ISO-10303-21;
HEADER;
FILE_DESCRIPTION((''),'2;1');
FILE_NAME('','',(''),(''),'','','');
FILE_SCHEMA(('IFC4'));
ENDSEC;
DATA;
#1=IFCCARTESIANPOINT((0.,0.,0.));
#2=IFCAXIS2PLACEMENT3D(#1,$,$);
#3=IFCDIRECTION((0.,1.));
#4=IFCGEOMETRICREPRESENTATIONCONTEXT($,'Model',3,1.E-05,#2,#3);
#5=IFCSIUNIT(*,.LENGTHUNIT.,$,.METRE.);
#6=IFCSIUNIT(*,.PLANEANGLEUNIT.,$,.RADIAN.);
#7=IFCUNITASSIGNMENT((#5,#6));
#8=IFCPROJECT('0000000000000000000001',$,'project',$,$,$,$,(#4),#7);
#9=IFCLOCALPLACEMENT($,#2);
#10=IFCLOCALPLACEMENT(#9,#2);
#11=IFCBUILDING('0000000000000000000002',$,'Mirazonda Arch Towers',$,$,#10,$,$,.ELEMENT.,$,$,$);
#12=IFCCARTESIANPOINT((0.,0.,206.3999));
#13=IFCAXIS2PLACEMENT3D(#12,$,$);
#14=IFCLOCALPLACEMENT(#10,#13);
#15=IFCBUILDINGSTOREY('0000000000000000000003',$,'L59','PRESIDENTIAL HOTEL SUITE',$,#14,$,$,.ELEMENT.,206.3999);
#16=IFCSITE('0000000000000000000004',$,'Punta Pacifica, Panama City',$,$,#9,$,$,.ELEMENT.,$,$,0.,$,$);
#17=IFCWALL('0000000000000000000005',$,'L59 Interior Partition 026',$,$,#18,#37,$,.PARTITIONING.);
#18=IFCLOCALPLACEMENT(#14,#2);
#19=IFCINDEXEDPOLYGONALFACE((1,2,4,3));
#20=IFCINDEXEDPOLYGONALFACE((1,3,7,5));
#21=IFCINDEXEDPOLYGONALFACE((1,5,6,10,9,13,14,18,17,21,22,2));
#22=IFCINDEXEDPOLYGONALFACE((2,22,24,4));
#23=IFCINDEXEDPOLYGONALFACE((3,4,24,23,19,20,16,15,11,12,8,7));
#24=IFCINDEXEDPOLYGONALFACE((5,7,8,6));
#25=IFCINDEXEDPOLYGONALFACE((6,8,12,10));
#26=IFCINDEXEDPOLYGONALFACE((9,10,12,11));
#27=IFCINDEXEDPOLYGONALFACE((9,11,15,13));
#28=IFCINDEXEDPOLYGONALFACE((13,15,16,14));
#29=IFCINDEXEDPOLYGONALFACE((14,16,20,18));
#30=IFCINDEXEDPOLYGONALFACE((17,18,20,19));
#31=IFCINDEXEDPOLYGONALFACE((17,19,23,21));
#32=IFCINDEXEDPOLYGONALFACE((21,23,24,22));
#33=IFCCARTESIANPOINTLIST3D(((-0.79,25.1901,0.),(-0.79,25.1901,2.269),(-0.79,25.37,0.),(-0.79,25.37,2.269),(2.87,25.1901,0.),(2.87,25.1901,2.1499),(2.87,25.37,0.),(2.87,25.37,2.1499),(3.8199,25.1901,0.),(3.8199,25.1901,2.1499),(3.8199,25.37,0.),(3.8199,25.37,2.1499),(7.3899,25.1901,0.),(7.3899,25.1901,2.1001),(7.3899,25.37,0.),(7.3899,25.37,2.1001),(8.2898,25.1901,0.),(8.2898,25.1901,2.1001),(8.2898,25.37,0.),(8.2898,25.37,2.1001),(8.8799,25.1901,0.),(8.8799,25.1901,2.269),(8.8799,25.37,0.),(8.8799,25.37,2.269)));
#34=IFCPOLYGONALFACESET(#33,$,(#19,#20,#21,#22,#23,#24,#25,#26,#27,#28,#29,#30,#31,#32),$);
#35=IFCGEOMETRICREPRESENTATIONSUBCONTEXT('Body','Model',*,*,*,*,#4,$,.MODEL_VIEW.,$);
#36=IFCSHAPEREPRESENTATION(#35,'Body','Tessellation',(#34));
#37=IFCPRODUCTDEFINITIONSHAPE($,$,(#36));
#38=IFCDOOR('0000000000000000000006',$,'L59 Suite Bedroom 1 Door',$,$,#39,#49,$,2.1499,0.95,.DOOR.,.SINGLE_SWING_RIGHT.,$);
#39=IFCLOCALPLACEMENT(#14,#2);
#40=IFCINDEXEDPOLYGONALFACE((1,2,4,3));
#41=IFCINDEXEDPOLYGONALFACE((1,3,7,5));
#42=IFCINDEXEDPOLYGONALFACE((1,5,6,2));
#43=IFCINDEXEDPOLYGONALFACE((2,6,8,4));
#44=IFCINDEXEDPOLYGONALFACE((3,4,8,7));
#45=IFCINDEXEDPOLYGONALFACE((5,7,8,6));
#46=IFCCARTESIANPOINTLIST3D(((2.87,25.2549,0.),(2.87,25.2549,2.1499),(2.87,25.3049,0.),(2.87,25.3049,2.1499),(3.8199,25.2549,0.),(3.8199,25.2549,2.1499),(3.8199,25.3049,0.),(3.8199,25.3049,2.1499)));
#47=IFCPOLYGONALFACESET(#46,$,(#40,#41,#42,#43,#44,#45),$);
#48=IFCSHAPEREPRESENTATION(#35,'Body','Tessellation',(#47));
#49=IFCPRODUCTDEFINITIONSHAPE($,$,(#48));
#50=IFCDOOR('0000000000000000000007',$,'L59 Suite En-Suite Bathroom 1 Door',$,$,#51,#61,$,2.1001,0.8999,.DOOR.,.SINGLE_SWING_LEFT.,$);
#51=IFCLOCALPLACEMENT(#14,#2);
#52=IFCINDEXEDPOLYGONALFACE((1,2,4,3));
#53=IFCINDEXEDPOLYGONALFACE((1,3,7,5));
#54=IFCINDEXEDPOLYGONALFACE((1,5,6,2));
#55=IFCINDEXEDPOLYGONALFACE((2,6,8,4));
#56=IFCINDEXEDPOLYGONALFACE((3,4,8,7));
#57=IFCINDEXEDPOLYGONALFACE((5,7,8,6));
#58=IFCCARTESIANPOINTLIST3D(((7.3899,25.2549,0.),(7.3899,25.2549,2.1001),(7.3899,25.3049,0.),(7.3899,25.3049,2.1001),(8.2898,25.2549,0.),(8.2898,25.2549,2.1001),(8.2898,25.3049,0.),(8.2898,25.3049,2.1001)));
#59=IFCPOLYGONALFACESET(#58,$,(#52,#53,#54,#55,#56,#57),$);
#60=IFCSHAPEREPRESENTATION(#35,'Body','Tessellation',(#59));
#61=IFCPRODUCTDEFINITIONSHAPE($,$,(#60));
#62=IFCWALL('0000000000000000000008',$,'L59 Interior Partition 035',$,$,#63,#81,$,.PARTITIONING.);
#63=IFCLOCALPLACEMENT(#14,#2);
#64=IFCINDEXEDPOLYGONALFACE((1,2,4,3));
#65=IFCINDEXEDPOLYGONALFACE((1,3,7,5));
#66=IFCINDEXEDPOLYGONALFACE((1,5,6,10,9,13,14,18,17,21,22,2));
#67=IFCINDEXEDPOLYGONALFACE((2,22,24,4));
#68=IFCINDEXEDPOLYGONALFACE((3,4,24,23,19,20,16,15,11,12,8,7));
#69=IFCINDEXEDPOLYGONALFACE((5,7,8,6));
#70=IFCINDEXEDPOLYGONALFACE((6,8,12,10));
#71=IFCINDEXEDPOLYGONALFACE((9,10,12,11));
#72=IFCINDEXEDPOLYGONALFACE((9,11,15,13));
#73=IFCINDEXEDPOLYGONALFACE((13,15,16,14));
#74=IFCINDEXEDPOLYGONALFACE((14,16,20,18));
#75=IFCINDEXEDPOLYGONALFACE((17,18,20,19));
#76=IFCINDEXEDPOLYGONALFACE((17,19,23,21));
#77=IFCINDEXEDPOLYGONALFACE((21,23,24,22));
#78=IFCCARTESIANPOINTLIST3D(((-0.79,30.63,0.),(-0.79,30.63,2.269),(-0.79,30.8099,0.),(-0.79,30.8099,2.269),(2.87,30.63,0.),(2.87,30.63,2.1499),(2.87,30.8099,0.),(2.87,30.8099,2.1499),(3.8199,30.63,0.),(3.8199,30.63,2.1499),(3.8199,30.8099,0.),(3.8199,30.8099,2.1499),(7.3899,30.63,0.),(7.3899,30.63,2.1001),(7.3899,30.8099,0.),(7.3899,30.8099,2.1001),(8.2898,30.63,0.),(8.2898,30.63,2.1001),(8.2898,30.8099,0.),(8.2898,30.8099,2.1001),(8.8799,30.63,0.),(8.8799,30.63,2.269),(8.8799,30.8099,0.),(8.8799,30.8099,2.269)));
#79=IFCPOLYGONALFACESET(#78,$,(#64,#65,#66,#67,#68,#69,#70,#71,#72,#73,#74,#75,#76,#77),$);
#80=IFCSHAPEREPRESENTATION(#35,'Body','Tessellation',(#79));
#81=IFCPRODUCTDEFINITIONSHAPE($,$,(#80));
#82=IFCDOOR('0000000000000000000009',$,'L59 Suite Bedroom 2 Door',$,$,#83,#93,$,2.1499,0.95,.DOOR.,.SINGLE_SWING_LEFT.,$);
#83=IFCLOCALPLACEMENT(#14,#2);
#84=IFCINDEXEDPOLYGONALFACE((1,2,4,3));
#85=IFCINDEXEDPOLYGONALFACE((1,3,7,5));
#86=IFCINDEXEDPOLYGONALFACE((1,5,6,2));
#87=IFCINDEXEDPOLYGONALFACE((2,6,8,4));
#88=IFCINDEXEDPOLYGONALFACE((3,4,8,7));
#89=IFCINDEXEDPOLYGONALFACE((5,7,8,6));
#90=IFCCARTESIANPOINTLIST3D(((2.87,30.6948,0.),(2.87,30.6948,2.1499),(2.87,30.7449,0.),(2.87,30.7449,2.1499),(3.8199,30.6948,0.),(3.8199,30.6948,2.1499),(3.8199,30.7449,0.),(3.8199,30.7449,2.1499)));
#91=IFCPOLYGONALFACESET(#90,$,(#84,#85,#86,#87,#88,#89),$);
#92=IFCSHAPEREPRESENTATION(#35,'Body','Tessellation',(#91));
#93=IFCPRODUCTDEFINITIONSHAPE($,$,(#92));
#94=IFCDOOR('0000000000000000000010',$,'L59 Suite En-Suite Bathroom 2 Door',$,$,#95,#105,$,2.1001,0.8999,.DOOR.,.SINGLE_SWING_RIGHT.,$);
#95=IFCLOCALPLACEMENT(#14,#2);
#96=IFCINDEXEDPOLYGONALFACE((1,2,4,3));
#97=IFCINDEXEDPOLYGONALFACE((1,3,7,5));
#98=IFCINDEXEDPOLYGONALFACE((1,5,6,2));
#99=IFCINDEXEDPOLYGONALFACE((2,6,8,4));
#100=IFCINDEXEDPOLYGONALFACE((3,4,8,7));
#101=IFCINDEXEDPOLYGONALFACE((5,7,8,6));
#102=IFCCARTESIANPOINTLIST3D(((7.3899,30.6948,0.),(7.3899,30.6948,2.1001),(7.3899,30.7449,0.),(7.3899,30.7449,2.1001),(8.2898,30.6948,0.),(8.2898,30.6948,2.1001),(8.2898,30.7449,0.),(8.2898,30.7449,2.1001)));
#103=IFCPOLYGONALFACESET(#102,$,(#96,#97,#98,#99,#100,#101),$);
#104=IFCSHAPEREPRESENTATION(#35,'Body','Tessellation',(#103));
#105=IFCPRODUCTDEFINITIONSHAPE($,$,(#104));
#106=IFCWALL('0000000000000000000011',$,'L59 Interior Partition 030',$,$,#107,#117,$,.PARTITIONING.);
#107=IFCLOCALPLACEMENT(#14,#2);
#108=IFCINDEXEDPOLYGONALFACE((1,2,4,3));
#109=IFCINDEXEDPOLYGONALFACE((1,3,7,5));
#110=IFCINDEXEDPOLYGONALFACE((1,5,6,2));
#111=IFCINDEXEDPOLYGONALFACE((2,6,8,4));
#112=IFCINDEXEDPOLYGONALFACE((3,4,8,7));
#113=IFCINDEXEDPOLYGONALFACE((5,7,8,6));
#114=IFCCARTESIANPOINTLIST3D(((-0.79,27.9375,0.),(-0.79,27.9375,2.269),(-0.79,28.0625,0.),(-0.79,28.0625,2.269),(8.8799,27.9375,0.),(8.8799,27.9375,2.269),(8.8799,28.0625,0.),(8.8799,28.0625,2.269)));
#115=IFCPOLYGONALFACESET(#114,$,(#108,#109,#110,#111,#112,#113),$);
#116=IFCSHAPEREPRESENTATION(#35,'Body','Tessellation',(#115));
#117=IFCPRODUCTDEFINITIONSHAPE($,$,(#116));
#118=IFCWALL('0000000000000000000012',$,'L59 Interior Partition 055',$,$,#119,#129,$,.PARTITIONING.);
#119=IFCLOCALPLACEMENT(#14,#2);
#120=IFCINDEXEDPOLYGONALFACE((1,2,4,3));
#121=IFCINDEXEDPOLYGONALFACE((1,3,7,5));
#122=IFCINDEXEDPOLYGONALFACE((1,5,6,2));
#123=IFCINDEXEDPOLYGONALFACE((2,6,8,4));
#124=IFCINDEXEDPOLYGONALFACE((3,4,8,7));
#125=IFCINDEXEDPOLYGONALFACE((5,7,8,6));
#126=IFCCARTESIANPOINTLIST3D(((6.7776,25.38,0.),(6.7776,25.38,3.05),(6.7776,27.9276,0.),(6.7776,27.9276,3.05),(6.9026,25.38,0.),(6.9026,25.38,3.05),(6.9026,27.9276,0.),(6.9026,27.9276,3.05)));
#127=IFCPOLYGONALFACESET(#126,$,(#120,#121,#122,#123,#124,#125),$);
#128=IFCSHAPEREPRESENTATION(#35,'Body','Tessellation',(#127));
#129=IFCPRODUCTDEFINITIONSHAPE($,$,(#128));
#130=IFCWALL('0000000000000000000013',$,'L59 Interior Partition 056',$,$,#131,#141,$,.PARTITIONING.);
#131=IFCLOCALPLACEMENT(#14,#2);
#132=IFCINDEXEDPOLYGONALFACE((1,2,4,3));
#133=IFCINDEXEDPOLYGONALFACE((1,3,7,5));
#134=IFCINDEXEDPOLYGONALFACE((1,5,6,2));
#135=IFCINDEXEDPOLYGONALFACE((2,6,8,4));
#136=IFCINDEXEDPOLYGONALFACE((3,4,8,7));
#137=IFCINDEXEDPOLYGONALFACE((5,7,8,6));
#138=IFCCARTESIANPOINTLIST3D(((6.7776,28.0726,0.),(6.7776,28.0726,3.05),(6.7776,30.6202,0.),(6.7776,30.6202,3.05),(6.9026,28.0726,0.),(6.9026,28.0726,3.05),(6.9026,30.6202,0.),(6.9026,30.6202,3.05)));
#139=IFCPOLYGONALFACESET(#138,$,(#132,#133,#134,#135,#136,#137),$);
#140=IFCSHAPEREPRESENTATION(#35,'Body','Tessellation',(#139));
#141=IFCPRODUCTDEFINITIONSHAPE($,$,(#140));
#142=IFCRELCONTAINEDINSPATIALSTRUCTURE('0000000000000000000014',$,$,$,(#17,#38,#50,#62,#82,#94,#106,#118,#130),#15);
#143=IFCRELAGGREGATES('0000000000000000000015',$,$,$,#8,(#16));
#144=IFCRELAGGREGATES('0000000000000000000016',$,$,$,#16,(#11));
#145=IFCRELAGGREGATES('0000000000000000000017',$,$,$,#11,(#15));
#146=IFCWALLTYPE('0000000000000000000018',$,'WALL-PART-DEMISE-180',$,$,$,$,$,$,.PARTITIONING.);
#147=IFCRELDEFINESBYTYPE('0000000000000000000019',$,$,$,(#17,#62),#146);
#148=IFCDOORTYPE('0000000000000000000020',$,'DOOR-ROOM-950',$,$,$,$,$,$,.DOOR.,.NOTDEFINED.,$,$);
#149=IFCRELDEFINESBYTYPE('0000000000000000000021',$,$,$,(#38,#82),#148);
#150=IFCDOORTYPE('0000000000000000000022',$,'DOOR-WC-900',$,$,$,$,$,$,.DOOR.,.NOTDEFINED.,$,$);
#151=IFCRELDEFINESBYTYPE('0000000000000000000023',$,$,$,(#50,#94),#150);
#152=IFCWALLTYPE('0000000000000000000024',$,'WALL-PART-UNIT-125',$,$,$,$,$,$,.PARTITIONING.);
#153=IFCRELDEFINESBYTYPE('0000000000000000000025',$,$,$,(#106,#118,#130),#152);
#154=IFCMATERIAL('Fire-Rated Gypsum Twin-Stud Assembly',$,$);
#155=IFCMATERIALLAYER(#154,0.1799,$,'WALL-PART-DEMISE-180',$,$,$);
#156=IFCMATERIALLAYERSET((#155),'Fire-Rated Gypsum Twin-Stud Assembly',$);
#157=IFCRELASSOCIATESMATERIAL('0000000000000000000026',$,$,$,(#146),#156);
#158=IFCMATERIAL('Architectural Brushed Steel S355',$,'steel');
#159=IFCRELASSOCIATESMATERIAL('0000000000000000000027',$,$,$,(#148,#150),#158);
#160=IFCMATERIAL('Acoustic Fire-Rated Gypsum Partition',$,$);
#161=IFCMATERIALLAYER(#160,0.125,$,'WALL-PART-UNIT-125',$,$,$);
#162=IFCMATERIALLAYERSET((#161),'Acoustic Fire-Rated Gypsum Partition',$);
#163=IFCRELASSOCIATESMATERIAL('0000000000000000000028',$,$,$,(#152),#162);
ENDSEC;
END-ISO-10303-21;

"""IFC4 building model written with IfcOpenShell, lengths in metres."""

from ifc_helpers import new_model, si_unit, direction, frame, frame_2d, origin, place, context, subcontext, project, spatial, rectangle, extrude, material, layer, layer_set, type_object, element, fill, save


model = new_model("IFC4")

# Units and contexts
model_context = context("Model", 3, precision=1e-05, world=origin(), true_north=direction((0.0, 1.0)))
body_context = subcontext(model_context, "Body", "Model", "MODEL_VIEW")
ifc_project = project(units=[si_unit("LENGTHUNIT", "METRE"), si_unit("PLANEANGLEUNIT", "RADIAN")], contexts=[model_context])

# Site, building, storey
site_placement = place(None, origin())
site = spatial("IfcSite", under=ifc_project, at=site_placement, Name="Punta Pacifica, Panama City", CompositionType="ELEMENT", RefElevation=0.0)
building_placement = place(site_placement, origin())
building = spatial("IfcBuilding", under=site, at=building_placement, Name="Mirazonda Arch Towers", CompositionType="ELEMENT")
storey_placement = place(building_placement, frame((0.0, 0.0, 206.3999)))
storey = spatial("IfcBuildingStorey", under=building, at=storey_placement, Name="L59", Description="PRESIDENTIAL HOTEL SUITE", CompositionType="ELEMENT", Elevation=206.3999)

# Walls, openings, doors
ifc_material_1 = material(Name="Fire-Rated Gypsum Twin-Stud Assembly")
ifc_layer_1 = layer(ifc_material_1, 0.1799, Name="WALL-PART-DEMISE-180")
ifc_layer_set_1 = layer_set([ifc_layer_1], Name="Fire-Rated Gypsum Twin-Stud Assembly")
wall_type_1 = type_object("IfcWallType", Name="WALL-PART-DEMISE-180", PredefinedType="PARTITIONING", material=ifc_layer_set_1)
wall_1_placement = place(storey_placement, frame((-0.79, 25.28, 0.0), z_axis=(0.0, 0.0, 1.0), x_axis=(1.0, 0.0, 0.0)))
wall_1 = element("IfcWall", 1, at=wall_1_placement, inside=storey, type_object=wall_type_1, Name="L59 Interior Partition 026", PredefinedType="PARTITIONING", context=body_context, shape_type="SweptSolid", body=[
    extrude(rectangle(XDim=9.6699, YDim=0.1799, at=frame_2d((4.835, 0.0))), origin(), (0.0, 0.0, 1.0), 2.269),
])
opening_1_placement = place(wall_1_placement, frame((3.6599, 0.0, 0.0)))
opening_1 = element("IfcOpeningElement", 2, at=opening_1_placement, cuts=wall_1, PredefinedType="OPENING", context=body_context, shape_type="SweptSolid", body=[
    extrude(rectangle(XDim=0.95, YDim=2.1499, at=frame_2d((0.4751, 1.075))), frame((0.0, 0.0999, 0.0), z_axis=(0.0, -1.0, 0.0), x_axis=(1.0, 0.0, 0.0)), (0.0, 0.0, 1.0), 0.2),
])
opening_2_placement = place(wall_1_placement, frame((8.1799, 0.0, 0.0)))
opening_2 = element("IfcOpeningElement", 3, at=opening_2_placement, cuts=wall_1, PredefinedType="OPENING", context=body_context, shape_type="SweptSolid", body=[
    extrude(rectangle(XDim=0.8999, YDim=2.1001, at=frame_2d((0.45, 1.05))), frame((0.0, 0.0999, 0.0), z_axis=(0.0, -1.0, 0.0), x_axis=(1.0, 0.0, 0.0)), (0.0, 0.0, 1.0), 0.2),
])
ifc_material_2 = material(Name="Architectural Brushed Steel S355", Category="steel")
door_type_1 = type_object("IfcDoorType", Name="DOOR-ROOM-950", OperationType="NOTDEFINED", PredefinedType="DOOR", material=ifc_material_2)
door_1_placement = place(opening_1_placement, origin())
door_1 = element("IfcDoor", 4, at=door_1_placement, inside=storey, type_object=door_type_1, Name="L59 Suite Bedroom 1 Door", OperationType="SINGLE_SWING_RIGHT", OverallHeight=2.1499, OverallWidth=0.95, PredefinedType="DOOR", context=body_context, shape_type="SweptSolid", body=[
    extrude(rectangle(XDim=0.95, YDim=2.1499, at=frame_2d((0.4751, 1.075))), frame((0.0, 0.0249, 0.0), z_axis=(0.0, -1.0, 0.0), x_axis=(1.0, 0.0, 0.0)), (0.0, 0.0, 1.0), 0.05),
])
fill(opening_1, door_1)
door_type_2 = type_object("IfcDoorType", Name="DOOR-WC-900", OperationType="NOTDEFINED", PredefinedType="DOOR", material=ifc_material_2)
door_2_placement = place(opening_2_placement, origin())
door_2 = element("IfcDoor", 5, at=door_2_placement, inside=storey, type_object=door_type_2, Name="L59 Suite En-Suite Bathroom 1 Door", OperationType="SINGLE_SWING_LEFT", OverallHeight=2.1001, OverallWidth=0.8999, PredefinedType="DOOR", context=body_context, shape_type="SweptSolid", body=[
    extrude(rectangle(XDim=0.8999, YDim=2.1001, at=frame_2d((0.45, 1.05))), frame((0.0, 0.0249, 0.0), z_axis=(0.0, -1.0, 0.0), x_axis=(1.0, 0.0, 0.0)), (0.0, 0.0, 1.0), 0.05),
])
fill(opening_2, door_2)
wall_2_placement = place(storey_placement, frame((-0.79, 30.72, 0.0), z_axis=(0.0, 0.0, 1.0), x_axis=(1.0, 0.0, 0.0)))
wall_2 = element("IfcWall", 6, at=wall_2_placement, inside=storey, type_object=wall_type_1, Name="L59 Interior Partition 035", PredefinedType="PARTITIONING", context=body_context, shape_type="SweptSolid", body=[
    extrude(rectangle(XDim=9.6699, YDim=0.1799, at=frame_2d((4.835, 0.0))), origin(), (0.0, 0.0, 1.0), 2.269),
])
opening_3_placement = place(wall_2_placement, frame((3.6599, 0.0, 0.0)))
opening_3 = element("IfcOpeningElement", 7, at=opening_3_placement, cuts=wall_2, PredefinedType="OPENING", context=body_context, shape_type="SweptSolid", body=[
    extrude(rectangle(XDim=0.95, YDim=2.1499, at=frame_2d((0.4751, 1.075))), frame((0.0, 0.0999, 0.0), z_axis=(0.0, -1.0, 0.0), x_axis=(1.0, 0.0, 0.0)), (0.0, 0.0, 1.0), 0.2),
])
opening_4_placement = place(wall_2_placement, frame((8.1799, 0.0, 0.0)))
opening_4 = element("IfcOpeningElement", 8, at=opening_4_placement, cuts=wall_2, PredefinedType="OPENING", context=body_context, shape_type="SweptSolid", body=[
    extrude(rectangle(XDim=0.8999, YDim=2.1001, at=frame_2d((0.45, 1.05))), frame((0.0, 0.0999, 0.0), z_axis=(0.0, -1.0, 0.0), x_axis=(1.0, 0.0, 0.0)), (0.0, 0.0, 1.0), 0.2),
])
door_3_placement = place(opening_3_placement, origin())
door_3 = element("IfcDoor", 9, at=door_3_placement, inside=storey, type_object=door_type_1, Name="L59 Suite Bedroom 2 Door", OperationType="SINGLE_SWING_LEFT", OverallHeight=2.1499, OverallWidth=0.95, PredefinedType="DOOR", context=body_context, shape_type="SweptSolid", body=[
    extrude(rectangle(XDim=0.95, YDim=2.1499, at=frame_2d((0.4751, 1.075))), frame((0.0, 0.0249, 0.0), z_axis=(0.0, -1.0, 0.0), x_axis=(1.0, 0.0, 0.0)), (0.0, 0.0, 1.0), 0.05),
])
fill(opening_3, door_3)
door_4_placement = place(opening_4_placement, origin())
door_4 = element("IfcDoor", 10, at=door_4_placement, inside=storey, type_object=door_type_2, Name="L59 Suite En-Suite Bathroom 2 Door", OperationType="SINGLE_SWING_RIGHT", OverallHeight=2.1001, OverallWidth=0.8999, PredefinedType="DOOR", context=body_context, shape_type="SweptSolid", body=[
    extrude(rectangle(XDim=0.8999, YDim=2.1001, at=frame_2d((0.45, 1.05))), frame((0.0, 0.0249, 0.0), z_axis=(0.0, -1.0, 0.0), x_axis=(1.0, 0.0, 0.0)), (0.0, 0.0, 1.0), 0.05),
])
fill(opening_4, door_4)

# Walls
ifc_material_3 = material(Name="Acoustic Fire-Rated Gypsum Partition")
ifc_layer_2 = layer(ifc_material_3, 0.125, Name="WALL-PART-UNIT-125")
ifc_layer_set_2 = layer_set([ifc_layer_2], Name="Acoustic Fire-Rated Gypsum Partition")
wall_type_2 = type_object("IfcWallType", Name="WALL-PART-UNIT-125", PredefinedType="PARTITIONING", material=ifc_layer_set_2)
wall_3_placement = place(storey_placement, frame((-0.79, 28.0, 0.0), z_axis=(0.0, 0.0, 1.0), x_axis=(1.0, 0.0, 0.0)))
element("IfcWall", 11, at=wall_3_placement, inside=storey, type_object=wall_type_2, Name="L59 Interior Partition 030", PredefinedType="PARTITIONING", context=body_context, shape_type="SweptSolid", body=[
    extrude(rectangle(XDim=9.6699, YDim=0.125, at=frame_2d((4.835, 0.0))), origin(), (0.0, 0.0, 1.0), 2.269),
])
for number, where, z_axis, x_axis, name in (
    (12, (6.8401, 25.3799, 0.0), (0.0, 0.0, 1.0), (0.0, 1.0, 0.0), "L59 Interior Partition 055"),
    (13, (6.8401, 28.0725, 0.0), (0.0, 0.0, 1.0), (0.0, 1.0, 0.0), "L59 Interior Partition 056"),
):
    element("IfcWall", number, at=place(storey_placement, frame(where, z_axis=z_axis, x_axis=x_axis)), inside=storey, type_object=wall_type_2, Name=name, PredefinedType="PARTITIONING", context=body_context, shape_type="SweptSolid", body=[
        extrude(rectangle(XDim=2.5476, YDim=0.125, at=frame_2d((1.2739, 0.0))), origin(), (0.0, 0.0, 1.0), 3.05),
    ])

save(model, "model.ifc")
